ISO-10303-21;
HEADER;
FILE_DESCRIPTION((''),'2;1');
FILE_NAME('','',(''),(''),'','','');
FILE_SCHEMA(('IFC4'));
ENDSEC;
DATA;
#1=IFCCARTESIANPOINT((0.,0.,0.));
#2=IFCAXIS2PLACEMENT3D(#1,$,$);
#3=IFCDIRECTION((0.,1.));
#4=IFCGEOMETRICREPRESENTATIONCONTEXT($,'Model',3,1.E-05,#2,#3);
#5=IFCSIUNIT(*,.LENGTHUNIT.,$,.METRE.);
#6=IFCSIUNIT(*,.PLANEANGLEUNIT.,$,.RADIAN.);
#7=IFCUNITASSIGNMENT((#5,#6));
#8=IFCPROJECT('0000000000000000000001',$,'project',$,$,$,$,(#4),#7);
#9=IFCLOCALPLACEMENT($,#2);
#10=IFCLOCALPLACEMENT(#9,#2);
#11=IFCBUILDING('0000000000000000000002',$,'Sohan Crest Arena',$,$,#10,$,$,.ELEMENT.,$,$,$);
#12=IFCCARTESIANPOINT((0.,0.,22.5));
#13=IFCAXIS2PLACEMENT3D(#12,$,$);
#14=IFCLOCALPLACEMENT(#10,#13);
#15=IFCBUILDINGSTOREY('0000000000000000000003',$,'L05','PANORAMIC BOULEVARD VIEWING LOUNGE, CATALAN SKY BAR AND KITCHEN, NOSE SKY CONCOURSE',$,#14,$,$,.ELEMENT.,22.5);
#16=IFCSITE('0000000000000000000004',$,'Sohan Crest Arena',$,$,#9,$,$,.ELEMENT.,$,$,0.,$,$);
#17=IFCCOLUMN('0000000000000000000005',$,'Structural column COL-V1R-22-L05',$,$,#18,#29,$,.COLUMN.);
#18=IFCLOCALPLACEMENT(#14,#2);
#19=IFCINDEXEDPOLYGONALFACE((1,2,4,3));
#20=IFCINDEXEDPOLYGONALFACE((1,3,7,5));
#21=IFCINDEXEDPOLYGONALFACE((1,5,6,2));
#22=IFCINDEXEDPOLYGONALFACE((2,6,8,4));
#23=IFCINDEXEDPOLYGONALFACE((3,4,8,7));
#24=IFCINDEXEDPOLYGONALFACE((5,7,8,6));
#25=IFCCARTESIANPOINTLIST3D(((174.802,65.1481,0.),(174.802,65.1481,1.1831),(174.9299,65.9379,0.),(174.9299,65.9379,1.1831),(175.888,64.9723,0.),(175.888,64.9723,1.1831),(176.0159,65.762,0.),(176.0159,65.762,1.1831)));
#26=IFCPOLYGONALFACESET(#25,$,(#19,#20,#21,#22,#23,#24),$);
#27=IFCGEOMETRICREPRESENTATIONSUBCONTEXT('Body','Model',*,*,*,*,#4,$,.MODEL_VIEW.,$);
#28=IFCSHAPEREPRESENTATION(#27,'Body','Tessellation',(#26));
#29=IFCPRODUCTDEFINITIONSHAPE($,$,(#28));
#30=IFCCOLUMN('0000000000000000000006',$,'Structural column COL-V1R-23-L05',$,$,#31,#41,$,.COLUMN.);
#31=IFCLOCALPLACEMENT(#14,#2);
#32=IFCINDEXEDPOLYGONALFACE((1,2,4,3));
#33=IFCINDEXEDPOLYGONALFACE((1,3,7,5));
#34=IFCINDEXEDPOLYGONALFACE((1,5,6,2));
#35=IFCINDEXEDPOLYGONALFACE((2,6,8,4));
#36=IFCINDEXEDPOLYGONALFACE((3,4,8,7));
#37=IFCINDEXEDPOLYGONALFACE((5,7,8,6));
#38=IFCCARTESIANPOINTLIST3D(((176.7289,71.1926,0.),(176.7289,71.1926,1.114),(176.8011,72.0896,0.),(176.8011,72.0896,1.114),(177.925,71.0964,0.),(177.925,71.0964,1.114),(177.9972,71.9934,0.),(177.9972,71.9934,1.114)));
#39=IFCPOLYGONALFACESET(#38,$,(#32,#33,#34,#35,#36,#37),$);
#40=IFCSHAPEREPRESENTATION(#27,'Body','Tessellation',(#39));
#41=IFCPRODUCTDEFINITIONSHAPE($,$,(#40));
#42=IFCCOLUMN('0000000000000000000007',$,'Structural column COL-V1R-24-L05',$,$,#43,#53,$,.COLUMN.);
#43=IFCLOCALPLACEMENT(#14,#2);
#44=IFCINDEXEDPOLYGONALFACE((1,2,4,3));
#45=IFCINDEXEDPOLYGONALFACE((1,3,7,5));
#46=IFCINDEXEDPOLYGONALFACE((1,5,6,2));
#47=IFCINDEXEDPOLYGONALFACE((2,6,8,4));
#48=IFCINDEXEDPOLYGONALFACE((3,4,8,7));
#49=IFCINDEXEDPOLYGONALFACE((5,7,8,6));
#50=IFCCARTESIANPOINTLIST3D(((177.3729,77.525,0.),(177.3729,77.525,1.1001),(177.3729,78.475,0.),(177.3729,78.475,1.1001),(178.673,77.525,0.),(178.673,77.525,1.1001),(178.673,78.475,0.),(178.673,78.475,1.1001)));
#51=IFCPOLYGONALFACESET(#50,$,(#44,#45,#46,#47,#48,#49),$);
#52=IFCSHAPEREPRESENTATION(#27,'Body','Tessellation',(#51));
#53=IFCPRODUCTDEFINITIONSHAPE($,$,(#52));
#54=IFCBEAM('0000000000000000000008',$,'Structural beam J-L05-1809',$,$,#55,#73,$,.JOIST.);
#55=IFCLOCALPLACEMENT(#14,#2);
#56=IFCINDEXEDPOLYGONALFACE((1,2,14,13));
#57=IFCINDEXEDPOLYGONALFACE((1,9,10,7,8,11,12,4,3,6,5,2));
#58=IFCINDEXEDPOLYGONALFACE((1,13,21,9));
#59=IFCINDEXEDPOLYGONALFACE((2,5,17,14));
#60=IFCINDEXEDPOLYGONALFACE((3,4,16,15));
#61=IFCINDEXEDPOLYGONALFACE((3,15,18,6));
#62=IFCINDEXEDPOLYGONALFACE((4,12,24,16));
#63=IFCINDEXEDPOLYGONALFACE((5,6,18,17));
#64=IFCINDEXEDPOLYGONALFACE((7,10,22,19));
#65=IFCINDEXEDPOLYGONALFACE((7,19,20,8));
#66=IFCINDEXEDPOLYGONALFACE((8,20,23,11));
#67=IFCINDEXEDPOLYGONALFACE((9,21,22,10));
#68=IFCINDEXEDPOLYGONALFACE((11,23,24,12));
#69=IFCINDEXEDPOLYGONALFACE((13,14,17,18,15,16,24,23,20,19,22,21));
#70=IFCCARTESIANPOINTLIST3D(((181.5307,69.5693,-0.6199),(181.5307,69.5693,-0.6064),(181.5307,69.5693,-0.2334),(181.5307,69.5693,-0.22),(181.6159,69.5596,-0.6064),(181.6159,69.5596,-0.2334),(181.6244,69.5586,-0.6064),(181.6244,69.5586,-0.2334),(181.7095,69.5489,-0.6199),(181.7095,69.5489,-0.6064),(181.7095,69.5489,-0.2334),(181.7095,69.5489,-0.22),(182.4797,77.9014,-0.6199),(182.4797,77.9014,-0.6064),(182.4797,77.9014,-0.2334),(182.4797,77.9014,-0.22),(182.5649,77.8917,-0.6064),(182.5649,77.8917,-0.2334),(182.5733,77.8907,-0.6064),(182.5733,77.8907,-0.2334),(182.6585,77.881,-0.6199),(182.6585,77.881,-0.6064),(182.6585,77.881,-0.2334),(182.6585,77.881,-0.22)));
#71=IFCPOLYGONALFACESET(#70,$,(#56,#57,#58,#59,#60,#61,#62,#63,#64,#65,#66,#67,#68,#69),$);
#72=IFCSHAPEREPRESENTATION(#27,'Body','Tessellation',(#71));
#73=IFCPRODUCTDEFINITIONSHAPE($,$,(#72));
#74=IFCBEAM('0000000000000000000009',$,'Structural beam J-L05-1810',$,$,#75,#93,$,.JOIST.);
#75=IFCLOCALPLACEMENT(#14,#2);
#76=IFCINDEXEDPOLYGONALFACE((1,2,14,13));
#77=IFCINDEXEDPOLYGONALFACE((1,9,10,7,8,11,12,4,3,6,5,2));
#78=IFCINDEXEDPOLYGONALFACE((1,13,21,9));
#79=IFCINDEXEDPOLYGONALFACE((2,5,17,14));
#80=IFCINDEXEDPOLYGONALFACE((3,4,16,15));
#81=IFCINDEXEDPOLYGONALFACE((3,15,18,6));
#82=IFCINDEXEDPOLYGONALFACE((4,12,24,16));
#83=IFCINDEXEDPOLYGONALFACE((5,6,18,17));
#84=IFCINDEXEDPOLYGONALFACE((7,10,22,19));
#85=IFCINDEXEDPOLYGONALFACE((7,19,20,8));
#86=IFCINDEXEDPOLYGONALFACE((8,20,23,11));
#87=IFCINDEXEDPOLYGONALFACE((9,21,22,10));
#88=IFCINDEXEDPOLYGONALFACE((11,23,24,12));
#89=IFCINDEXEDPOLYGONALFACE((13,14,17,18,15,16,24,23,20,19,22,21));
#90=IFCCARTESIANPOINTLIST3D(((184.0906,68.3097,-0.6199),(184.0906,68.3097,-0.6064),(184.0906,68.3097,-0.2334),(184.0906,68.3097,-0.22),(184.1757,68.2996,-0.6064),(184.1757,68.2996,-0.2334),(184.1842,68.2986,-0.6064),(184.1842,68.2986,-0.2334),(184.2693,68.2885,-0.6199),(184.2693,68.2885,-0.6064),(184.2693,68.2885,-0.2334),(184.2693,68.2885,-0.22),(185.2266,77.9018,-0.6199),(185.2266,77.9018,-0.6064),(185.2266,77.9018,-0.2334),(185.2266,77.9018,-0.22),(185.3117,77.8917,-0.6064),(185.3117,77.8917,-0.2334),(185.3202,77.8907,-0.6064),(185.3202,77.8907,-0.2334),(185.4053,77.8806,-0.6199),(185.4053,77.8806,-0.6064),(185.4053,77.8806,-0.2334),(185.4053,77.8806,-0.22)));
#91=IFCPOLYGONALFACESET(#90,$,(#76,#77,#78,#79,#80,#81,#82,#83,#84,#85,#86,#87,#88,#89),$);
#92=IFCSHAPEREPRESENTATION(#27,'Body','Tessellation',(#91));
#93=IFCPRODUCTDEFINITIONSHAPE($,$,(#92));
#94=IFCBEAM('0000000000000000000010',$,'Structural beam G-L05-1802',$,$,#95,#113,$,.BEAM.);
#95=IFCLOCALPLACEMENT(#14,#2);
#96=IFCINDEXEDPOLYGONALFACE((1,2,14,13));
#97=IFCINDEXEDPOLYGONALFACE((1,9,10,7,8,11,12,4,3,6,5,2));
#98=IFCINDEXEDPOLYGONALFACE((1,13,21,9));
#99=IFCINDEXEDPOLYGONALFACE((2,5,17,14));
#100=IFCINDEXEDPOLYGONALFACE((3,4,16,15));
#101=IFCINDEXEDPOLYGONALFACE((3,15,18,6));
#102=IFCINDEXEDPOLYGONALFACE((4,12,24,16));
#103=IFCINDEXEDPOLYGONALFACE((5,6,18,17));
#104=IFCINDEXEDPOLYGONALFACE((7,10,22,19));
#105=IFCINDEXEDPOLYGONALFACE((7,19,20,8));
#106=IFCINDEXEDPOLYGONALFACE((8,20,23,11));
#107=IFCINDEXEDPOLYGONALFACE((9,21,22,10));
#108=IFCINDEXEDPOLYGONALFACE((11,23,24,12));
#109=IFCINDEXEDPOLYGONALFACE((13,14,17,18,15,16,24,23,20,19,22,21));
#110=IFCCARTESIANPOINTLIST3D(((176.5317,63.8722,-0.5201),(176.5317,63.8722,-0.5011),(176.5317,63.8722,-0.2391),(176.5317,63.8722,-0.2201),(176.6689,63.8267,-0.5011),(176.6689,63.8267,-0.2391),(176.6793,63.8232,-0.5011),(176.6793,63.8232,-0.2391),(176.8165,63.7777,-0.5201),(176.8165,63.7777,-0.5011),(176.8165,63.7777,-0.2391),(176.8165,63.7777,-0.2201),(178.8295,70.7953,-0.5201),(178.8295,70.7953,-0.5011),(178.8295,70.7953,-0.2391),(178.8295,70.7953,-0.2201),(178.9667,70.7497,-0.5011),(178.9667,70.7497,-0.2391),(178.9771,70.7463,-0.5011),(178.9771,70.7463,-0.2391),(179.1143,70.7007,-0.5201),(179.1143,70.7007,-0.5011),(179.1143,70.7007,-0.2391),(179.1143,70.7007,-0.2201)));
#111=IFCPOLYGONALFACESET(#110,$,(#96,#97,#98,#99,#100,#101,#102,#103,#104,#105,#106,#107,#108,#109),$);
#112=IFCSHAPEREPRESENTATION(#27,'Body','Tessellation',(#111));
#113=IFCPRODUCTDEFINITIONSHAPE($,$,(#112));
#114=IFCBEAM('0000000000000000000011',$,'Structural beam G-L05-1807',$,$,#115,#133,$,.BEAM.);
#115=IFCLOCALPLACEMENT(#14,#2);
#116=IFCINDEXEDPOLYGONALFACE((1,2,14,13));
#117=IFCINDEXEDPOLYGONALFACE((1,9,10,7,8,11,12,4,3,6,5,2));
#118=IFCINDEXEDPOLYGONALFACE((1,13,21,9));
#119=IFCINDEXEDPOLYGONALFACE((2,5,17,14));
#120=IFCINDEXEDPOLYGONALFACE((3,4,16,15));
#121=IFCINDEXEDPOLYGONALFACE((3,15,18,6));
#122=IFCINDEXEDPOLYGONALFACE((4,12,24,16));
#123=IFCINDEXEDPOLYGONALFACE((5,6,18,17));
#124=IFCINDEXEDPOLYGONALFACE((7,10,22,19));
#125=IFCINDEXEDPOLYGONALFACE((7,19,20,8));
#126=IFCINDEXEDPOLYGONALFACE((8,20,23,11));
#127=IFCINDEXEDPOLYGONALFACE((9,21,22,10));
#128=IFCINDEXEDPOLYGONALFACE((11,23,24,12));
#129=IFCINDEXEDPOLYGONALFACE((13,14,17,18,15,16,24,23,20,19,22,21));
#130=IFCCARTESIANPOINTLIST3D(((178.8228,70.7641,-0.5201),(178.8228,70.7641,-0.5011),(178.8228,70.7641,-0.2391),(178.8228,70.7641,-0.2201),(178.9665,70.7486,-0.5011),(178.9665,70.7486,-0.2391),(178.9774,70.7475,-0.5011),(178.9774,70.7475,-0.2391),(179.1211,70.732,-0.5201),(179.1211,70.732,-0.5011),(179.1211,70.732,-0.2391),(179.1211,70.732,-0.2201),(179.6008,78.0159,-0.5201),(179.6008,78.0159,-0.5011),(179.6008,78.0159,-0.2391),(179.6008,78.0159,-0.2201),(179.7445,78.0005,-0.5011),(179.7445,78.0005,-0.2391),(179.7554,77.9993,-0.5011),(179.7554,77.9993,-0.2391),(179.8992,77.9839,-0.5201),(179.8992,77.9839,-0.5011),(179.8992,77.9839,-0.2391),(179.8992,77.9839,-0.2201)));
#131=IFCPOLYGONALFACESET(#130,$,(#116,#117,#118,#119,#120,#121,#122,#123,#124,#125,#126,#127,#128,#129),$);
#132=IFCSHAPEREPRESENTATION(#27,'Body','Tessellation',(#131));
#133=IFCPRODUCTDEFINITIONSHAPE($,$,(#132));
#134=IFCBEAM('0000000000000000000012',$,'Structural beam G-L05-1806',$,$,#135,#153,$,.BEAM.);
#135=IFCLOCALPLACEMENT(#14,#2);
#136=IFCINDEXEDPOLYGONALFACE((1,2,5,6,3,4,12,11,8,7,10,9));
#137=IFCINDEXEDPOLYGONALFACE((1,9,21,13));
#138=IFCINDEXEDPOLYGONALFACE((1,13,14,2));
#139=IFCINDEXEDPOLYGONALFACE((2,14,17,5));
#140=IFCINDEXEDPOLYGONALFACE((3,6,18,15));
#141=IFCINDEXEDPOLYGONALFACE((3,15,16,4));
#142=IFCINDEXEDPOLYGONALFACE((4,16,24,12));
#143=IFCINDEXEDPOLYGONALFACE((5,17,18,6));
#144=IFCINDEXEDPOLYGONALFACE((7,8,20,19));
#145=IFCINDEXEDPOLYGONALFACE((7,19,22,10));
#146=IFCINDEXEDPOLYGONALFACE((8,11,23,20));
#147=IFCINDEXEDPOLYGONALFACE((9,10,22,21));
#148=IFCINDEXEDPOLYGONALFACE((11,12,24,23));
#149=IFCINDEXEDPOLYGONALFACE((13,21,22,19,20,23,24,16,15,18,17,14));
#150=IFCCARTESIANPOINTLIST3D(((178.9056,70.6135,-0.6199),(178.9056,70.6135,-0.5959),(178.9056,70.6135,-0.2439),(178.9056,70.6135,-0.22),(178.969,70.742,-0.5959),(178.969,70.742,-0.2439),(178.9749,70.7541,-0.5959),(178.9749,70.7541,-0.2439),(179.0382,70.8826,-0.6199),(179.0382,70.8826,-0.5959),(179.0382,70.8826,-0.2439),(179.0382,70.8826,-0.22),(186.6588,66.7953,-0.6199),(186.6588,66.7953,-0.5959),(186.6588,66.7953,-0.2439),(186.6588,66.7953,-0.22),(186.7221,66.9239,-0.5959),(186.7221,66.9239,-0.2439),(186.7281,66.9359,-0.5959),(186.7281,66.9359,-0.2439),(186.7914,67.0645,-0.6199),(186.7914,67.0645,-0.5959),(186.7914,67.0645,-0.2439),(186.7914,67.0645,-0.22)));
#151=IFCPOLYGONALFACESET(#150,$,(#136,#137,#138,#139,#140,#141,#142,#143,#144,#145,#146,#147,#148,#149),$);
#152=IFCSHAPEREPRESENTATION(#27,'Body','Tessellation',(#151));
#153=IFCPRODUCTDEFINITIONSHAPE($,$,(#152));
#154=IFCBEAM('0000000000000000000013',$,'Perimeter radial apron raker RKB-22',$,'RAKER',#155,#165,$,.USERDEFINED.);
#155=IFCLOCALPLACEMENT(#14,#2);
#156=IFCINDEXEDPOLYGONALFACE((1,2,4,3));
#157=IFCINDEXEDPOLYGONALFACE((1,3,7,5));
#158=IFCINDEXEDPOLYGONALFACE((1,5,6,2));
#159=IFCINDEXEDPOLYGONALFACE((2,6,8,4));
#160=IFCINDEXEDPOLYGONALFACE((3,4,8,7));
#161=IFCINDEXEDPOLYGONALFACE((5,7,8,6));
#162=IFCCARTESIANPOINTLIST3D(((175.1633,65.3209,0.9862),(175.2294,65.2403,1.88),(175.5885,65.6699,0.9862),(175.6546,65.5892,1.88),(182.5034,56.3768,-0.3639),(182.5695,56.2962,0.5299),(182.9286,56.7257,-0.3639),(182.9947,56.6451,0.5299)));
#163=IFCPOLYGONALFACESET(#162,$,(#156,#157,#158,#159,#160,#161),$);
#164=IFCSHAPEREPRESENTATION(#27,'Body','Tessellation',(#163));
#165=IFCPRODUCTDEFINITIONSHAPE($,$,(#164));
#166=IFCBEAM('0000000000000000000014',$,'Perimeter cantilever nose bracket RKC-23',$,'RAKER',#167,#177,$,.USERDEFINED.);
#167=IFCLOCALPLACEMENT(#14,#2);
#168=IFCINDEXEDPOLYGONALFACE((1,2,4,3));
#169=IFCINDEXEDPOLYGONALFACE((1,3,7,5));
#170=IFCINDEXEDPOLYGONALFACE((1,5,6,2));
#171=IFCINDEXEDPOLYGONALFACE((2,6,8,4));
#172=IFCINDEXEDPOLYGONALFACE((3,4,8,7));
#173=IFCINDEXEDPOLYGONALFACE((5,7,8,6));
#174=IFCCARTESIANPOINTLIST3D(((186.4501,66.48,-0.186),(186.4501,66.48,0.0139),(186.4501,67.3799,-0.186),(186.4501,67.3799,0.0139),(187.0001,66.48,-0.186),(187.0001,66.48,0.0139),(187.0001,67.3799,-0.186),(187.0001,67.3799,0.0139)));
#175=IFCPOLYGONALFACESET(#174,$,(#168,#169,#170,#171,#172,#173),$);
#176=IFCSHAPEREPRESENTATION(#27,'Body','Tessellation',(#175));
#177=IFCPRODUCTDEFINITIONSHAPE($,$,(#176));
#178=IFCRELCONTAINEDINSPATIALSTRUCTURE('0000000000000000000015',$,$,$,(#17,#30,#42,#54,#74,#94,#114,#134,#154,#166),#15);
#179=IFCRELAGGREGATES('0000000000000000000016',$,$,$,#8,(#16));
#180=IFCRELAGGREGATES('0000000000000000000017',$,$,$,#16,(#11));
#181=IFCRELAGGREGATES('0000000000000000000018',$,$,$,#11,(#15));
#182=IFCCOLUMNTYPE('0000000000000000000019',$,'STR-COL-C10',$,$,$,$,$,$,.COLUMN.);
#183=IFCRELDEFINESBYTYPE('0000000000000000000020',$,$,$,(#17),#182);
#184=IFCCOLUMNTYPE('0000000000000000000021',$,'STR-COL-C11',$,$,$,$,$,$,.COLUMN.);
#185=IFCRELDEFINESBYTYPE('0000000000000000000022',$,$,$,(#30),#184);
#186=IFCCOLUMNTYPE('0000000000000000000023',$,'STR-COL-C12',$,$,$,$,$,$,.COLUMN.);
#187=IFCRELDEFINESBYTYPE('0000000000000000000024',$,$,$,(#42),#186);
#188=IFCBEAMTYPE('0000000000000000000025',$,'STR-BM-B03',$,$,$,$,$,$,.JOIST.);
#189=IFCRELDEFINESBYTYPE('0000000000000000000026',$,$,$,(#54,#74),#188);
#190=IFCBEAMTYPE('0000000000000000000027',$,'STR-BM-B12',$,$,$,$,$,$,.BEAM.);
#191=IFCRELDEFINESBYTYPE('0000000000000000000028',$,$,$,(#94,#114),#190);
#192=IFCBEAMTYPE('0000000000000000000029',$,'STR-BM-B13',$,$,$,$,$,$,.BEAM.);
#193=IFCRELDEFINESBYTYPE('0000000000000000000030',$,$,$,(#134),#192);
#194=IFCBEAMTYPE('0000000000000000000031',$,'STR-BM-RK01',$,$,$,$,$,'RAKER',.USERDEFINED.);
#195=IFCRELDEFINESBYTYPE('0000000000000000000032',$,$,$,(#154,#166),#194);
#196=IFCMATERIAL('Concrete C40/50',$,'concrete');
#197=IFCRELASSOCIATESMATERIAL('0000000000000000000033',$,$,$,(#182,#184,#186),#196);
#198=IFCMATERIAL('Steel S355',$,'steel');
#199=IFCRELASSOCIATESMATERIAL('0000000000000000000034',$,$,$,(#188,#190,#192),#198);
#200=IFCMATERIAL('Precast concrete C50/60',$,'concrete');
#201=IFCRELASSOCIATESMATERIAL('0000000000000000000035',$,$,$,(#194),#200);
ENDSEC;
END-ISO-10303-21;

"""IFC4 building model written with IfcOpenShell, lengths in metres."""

from ifc_helpers import new_model, si_unit, direction, frame, origin, origin_2d, place, context, subcontext, project, spatial, rectangle, i_section, extrude, material, material_profile, profile_set, type_object, element, save


model = new_model("IFC4")

# Units and contexts
model_context = context("Model", 3, precision=1e-05, world=origin(), true_north=direction((0.0, 1.0)))
body_context = subcontext(model_context, "Body", "Model", "MODEL_VIEW")
ifc_project = project(units=[si_unit("LENGTHUNIT", "METRE"), si_unit("PLANEANGLEUNIT", "RADIAN")], contexts=[model_context])

# Site, building, storey
site_placement = place(None, origin())
site = spatial("IfcSite", under=ifc_project, at=site_placement, Name="Sohan Crest Arena", CompositionType="ELEMENT", RefElevation=0.0)
building_placement = place(site_placement, origin())
building = spatial("IfcBuilding", under=site, at=building_placement, Name="Sohan Crest Arena", CompositionType="ELEMENT")
storey_placement = place(building_placement, frame((0.0, 0.0, 22.5)))
storey = spatial("IfcBuildingStorey", under=building, at=storey_placement, Name="L05", Description="PANORAMIC BOULEVARD VIEWING LOUNGE, CATALAN SKY BAR AND KITCHEN, NOSE SKY CONCOURSE", CompositionType="ELEMENT", Elevation=22.5)

# Columns
ifc_material_1 = material(Name="Concrete C40/50", Category="concrete")
ifc_material_profile_1 = material_profile(ifc_material_1, rectangle(XDim=1.1001, YDim=0.8, at=origin_2d()), Name="RC 1100x800")
ifc_profile_set_1 = profile_set([ifc_material_profile_1], Name="Concrete C40/50")
column_type_1 = type_object("IfcColumnType", Name="STR-COL-C10", PredefinedType="COLUMN", material=ifc_profile_set_1)
column_1_placement = place(storey_placement, frame((175.4089, 65.4551, 0.0), z_axis=(0.0, 0.0, 1.0), x_axis=(-0.987136, 0.159881, 0.0)))
element("IfcColumn", 1, at=column_1_placement, inside=storey, type_object=column_type_1, Name="Structural column COL-V1R-22-L05", PredefinedType="COLUMN", context=body_context, shape_type="SweptSolid", body=[
    extrude(rectangle(XDim=1.1001, YDim=0.8, at=origin_2d()), origin(), (0.0, 0.0, 1.0), 1.1831),
])
ifc_material_profile_2 = material_profile(ifc_material_1, rectangle(XDim=1.2, YDim=0.8999, at=origin_2d()), Name="RC 1200x900")
ifc_profile_set_2 = profile_set([ifc_material_profile_2], Name="Concrete C40/50")
column_type_2 = type_object("IfcColumnType", Name="STR-COL-C11", PredefinedType="COLUMN", material=ifc_profile_set_2)
column_2_placement = place(storey_placement, frame((177.363, 71.593, 0.0), z_axis=(0.0, 0.0, 1.0), x_axis=(-0.996779, 0.080199, 0.0)))
element("IfcColumn", 2, at=column_2_placement, inside=storey, type_object=column_type_2, Name="Structural column COL-V1R-23-L05", PredefinedType="COLUMN", context=body_context, shape_type="SweptSolid", body=[
    extrude(rectangle(XDim=1.2, YDim=0.8999, at=origin_2d()), origin(), (0.0, 0.0, 1.0), 1.114),
])
ifc_material_profile_3 = material_profile(ifc_material_1, rectangle(XDim=1.3, YDim=0.95, at=origin_2d()), Name="RC 1300x950")
ifc_profile_set_3 = profile_set([ifc_material_profile_3], Name="Concrete C40/50")
column_type_3 = type_object("IfcColumnType", Name="STR-COL-C12", PredefinedType="COLUMN", material=ifc_profile_set_3)
column_3_placement = place(storey_placement, frame((178.0229, 78.0, 0.0), z_axis=(0.0, 0.0, 1.0), x_axis=(1.0, 0.0, 0.0)))
element("IfcColumn", 3, at=column_3_placement, inside=storey, type_object=column_type_3, Name="Structural column COL-V1R-24-L05", PredefinedType="COLUMN", context=body_context, shape_type="SweptSolid", body=[
    extrude(rectangle(XDim=1.3, YDim=0.95, at=origin_2d()), origin(), (0.0, 0.0, 1.0), 1.1001),
])

# Beams
ifc_material_2 = material(Name="Steel S355", Category="steel")
ifc_material_profile_4 = material_profile(ifc_material_2, i_section(OverallWidth=0.1799, OverallDepth=0.3999, WebThickness=0.0085, FlangeThickness=0.0134, at=origin_2d()), Name="IPE 400")
ifc_profile_set_4 = profile_set([ifc_material_profile_4], Name="Steel S355")
beam_type_1 = type_object("IfcBeamType", Name="STR-BM-B03", PredefinedType="JOIST", material=ifc_profile_set_4)
beam_1_placement = place(storey_placement, frame((181.6201, 69.5591, -0.4199), z_axis=(0.113163, 0.993576, 0.0), x_axis=(-0.993576, 0.113163, 0.0)))
element("IfcBeam", 4, at=beam_1_placement, inside=storey, type_object=beam_type_1, Name="Structural beam J-L05-1809", PredefinedType="JOIST", context=body_context, shape_type="SweptSolid", body=[
    extrude(i_section(OverallWidth=0.1799, OverallDepth=0.3999, WebThickness=0.0085, FlangeThickness=0.0134, at=origin_2d()), origin(), (0.0, 0.0, 1.0), 8.386),
])
beam_2_placement = place(storey_placement, frame((184.1799, 68.2991, -0.4199), z_axis=(0.117608, 0.99306, 0.0), x_axis=(-0.99306, 0.117608, 0.0)))
element("IfcBeam", 5, at=beam_2_placement, inside=storey, type_object=beam_type_1, Name="Structural beam J-L05-1810", PredefinedType="JOIST", context=body_context, shape_type="SweptSolid", body=[
    extrude(i_section(OverallWidth=0.1799, OverallDepth=0.3999, WebThickness=0.0085, FlangeThickness=0.0134, at=origin_2d()), origin(), (0.0, 0.0, 1.0), 9.6592),
])
ifc_material_profile_5 = material_profile(ifc_material_2, i_section(OverallWidth=0.3, OverallDepth=0.3, WebThickness=0.011, FlangeThickness=0.019, at=origin_2d()), Name="HEB 300")
ifc_profile_set_5 = profile_set([ifc_material_profile_5], Name="Steel S355")
beam_type_2 = type_object("IfcBeamType", Name="STR-BM-B12", PredefinedType="BEAM", material=ifc_profile_set_5)
beam_3_placement = place(storey_placement, frame((176.6741, 63.825, -0.3701), z_axis=(0.315013, 0.949087, 0.0), x_axis=(-0.949087, 0.315013, 0.0)))
element("IfcBeam", 6, at=beam_3_placement, inside=storey, type_object=beam_type_2, Name="Structural beam G-L05-1802", PredefinedType="BEAM", context=body_context, shape_type="SweptSolid", body=[
    extrude(i_section(OverallWidth=0.3, OverallDepth=0.3, WebThickness=0.011, FlangeThickness=0.019, at=origin_2d()), origin(), (0.0, 0.0, 1.0), 7.2944),
])
beam_4_placement = place(storey_placement, frame((178.9719, 70.748, -0.3701), z_axis=(0.10668, 0.994293, 0.0), x_axis=(-0.994293, 0.10668, 0.0)))
element("IfcBeam", 7, at=beam_4_placement, inside=storey, type_object=beam_type_2, Name="Structural beam G-L05-1807", PredefinedType="BEAM", context=body_context, shape_type="SweptSolid", body=[
    extrude(i_section(OverallWidth=0.3, OverallDepth=0.3, WebThickness=0.011, FlangeThickness=0.019, at=origin_2d()), origin(), (0.0, 0.0, 1.0), 7.2935),
])
ifc_material_profile_6 = material_profile(ifc_material_2, i_section(OverallWidth=0.3, OverallDepth=0.3999, WebThickness=0.0134, FlangeThickness=0.0239, at=origin_2d()), Name="HEB 400")
ifc_profile_set_6 = profile_set([ifc_material_profile_6], Name="Steel S355")
beam_type_3 = type_object("IfcBeamType", Name="STR-BM-B13", PredefinedType="BEAM", material=ifc_profile_set_6)
beam_5_placement = place(storey_placement, frame((178.9719, 70.748, -0.4199), z_axis=(0.897117, -0.441793, 0.0), x_axis=(0.441793, 0.897117, 0.0)))
element("IfcBeam", 8, at=beam_5_placement, inside=storey, type_object=beam_type_3, Name="Structural beam G-L05-1806", PredefinedType="BEAM", context=body_context, shape_type="SweptSolid", body=[
    extrude(i_section(OverallWidth=0.3, OverallDepth=0.3999, WebThickness=0.0134, FlangeThickness=0.0239, at=origin_2d()), origin(), (0.0, 0.0, 1.0), 8.6423),
])
ifc_material_3 = material(Name="Precast concrete C50/60", Category="concrete")
ifc_material_profile_7 = material_profile(ifc_material_3, rectangle(XDim=0.55, YDim=0.8999, at=origin_2d()), Name="RAKER 550x900")
ifc_profile_set_7 = profile_set([ifc_material_profile_7], Name="Precast concrete C50/60")
beam_type_4 = type_object("IfcBeamType", Name="STR-BM-RK01", ElementType="RAKER", PredefinedType="USERDEFINED", material=ifc_profile_set_7)
beam_6_placement = place(storey_placement, frame((175.4089, 65.4551, 1.4331), z_axis=(0.630111, -0.767807, -0.115899), x_axis=(0.773016, 0.634386, 0.0)))
element("IfcBeam", 9, at=beam_6_placement, inside=storey, type_object=beam_type_4, Name="Perimeter radial apron raker RKB-22", ObjectType="RAKER", PredefinedType="USERDEFINED", context=body_context, shape_type="SweptSolid", body=[
    extrude(rectangle(XDim=0.55, YDim=0.8999, at=origin_2d()), origin(), (0.0, 0.0, 1.0), 11.6489),
])
beam_7_placement = place(storey_placement, frame((186.7251, 66.9299, 0.0139), z_axis=(0.0, 0.0, -1.0), x_axis=(1.0, 0.0, 0.0)))
element("IfcBeam", 10, at=beam_7_placement, inside=storey, type_object=beam_type_4, Name="Perimeter cantilever nose bracket RKC-23", ObjectType="RAKER", PredefinedType="USERDEFINED", context=body_context, shape_type="SweptSolid", body=[
    extrude(rectangle(XDim=0.55, YDim=0.8999, at=origin_2d()), origin(), (0.0, 0.0, 1.0), 0.2),
])

save(model, "model.ifc")
